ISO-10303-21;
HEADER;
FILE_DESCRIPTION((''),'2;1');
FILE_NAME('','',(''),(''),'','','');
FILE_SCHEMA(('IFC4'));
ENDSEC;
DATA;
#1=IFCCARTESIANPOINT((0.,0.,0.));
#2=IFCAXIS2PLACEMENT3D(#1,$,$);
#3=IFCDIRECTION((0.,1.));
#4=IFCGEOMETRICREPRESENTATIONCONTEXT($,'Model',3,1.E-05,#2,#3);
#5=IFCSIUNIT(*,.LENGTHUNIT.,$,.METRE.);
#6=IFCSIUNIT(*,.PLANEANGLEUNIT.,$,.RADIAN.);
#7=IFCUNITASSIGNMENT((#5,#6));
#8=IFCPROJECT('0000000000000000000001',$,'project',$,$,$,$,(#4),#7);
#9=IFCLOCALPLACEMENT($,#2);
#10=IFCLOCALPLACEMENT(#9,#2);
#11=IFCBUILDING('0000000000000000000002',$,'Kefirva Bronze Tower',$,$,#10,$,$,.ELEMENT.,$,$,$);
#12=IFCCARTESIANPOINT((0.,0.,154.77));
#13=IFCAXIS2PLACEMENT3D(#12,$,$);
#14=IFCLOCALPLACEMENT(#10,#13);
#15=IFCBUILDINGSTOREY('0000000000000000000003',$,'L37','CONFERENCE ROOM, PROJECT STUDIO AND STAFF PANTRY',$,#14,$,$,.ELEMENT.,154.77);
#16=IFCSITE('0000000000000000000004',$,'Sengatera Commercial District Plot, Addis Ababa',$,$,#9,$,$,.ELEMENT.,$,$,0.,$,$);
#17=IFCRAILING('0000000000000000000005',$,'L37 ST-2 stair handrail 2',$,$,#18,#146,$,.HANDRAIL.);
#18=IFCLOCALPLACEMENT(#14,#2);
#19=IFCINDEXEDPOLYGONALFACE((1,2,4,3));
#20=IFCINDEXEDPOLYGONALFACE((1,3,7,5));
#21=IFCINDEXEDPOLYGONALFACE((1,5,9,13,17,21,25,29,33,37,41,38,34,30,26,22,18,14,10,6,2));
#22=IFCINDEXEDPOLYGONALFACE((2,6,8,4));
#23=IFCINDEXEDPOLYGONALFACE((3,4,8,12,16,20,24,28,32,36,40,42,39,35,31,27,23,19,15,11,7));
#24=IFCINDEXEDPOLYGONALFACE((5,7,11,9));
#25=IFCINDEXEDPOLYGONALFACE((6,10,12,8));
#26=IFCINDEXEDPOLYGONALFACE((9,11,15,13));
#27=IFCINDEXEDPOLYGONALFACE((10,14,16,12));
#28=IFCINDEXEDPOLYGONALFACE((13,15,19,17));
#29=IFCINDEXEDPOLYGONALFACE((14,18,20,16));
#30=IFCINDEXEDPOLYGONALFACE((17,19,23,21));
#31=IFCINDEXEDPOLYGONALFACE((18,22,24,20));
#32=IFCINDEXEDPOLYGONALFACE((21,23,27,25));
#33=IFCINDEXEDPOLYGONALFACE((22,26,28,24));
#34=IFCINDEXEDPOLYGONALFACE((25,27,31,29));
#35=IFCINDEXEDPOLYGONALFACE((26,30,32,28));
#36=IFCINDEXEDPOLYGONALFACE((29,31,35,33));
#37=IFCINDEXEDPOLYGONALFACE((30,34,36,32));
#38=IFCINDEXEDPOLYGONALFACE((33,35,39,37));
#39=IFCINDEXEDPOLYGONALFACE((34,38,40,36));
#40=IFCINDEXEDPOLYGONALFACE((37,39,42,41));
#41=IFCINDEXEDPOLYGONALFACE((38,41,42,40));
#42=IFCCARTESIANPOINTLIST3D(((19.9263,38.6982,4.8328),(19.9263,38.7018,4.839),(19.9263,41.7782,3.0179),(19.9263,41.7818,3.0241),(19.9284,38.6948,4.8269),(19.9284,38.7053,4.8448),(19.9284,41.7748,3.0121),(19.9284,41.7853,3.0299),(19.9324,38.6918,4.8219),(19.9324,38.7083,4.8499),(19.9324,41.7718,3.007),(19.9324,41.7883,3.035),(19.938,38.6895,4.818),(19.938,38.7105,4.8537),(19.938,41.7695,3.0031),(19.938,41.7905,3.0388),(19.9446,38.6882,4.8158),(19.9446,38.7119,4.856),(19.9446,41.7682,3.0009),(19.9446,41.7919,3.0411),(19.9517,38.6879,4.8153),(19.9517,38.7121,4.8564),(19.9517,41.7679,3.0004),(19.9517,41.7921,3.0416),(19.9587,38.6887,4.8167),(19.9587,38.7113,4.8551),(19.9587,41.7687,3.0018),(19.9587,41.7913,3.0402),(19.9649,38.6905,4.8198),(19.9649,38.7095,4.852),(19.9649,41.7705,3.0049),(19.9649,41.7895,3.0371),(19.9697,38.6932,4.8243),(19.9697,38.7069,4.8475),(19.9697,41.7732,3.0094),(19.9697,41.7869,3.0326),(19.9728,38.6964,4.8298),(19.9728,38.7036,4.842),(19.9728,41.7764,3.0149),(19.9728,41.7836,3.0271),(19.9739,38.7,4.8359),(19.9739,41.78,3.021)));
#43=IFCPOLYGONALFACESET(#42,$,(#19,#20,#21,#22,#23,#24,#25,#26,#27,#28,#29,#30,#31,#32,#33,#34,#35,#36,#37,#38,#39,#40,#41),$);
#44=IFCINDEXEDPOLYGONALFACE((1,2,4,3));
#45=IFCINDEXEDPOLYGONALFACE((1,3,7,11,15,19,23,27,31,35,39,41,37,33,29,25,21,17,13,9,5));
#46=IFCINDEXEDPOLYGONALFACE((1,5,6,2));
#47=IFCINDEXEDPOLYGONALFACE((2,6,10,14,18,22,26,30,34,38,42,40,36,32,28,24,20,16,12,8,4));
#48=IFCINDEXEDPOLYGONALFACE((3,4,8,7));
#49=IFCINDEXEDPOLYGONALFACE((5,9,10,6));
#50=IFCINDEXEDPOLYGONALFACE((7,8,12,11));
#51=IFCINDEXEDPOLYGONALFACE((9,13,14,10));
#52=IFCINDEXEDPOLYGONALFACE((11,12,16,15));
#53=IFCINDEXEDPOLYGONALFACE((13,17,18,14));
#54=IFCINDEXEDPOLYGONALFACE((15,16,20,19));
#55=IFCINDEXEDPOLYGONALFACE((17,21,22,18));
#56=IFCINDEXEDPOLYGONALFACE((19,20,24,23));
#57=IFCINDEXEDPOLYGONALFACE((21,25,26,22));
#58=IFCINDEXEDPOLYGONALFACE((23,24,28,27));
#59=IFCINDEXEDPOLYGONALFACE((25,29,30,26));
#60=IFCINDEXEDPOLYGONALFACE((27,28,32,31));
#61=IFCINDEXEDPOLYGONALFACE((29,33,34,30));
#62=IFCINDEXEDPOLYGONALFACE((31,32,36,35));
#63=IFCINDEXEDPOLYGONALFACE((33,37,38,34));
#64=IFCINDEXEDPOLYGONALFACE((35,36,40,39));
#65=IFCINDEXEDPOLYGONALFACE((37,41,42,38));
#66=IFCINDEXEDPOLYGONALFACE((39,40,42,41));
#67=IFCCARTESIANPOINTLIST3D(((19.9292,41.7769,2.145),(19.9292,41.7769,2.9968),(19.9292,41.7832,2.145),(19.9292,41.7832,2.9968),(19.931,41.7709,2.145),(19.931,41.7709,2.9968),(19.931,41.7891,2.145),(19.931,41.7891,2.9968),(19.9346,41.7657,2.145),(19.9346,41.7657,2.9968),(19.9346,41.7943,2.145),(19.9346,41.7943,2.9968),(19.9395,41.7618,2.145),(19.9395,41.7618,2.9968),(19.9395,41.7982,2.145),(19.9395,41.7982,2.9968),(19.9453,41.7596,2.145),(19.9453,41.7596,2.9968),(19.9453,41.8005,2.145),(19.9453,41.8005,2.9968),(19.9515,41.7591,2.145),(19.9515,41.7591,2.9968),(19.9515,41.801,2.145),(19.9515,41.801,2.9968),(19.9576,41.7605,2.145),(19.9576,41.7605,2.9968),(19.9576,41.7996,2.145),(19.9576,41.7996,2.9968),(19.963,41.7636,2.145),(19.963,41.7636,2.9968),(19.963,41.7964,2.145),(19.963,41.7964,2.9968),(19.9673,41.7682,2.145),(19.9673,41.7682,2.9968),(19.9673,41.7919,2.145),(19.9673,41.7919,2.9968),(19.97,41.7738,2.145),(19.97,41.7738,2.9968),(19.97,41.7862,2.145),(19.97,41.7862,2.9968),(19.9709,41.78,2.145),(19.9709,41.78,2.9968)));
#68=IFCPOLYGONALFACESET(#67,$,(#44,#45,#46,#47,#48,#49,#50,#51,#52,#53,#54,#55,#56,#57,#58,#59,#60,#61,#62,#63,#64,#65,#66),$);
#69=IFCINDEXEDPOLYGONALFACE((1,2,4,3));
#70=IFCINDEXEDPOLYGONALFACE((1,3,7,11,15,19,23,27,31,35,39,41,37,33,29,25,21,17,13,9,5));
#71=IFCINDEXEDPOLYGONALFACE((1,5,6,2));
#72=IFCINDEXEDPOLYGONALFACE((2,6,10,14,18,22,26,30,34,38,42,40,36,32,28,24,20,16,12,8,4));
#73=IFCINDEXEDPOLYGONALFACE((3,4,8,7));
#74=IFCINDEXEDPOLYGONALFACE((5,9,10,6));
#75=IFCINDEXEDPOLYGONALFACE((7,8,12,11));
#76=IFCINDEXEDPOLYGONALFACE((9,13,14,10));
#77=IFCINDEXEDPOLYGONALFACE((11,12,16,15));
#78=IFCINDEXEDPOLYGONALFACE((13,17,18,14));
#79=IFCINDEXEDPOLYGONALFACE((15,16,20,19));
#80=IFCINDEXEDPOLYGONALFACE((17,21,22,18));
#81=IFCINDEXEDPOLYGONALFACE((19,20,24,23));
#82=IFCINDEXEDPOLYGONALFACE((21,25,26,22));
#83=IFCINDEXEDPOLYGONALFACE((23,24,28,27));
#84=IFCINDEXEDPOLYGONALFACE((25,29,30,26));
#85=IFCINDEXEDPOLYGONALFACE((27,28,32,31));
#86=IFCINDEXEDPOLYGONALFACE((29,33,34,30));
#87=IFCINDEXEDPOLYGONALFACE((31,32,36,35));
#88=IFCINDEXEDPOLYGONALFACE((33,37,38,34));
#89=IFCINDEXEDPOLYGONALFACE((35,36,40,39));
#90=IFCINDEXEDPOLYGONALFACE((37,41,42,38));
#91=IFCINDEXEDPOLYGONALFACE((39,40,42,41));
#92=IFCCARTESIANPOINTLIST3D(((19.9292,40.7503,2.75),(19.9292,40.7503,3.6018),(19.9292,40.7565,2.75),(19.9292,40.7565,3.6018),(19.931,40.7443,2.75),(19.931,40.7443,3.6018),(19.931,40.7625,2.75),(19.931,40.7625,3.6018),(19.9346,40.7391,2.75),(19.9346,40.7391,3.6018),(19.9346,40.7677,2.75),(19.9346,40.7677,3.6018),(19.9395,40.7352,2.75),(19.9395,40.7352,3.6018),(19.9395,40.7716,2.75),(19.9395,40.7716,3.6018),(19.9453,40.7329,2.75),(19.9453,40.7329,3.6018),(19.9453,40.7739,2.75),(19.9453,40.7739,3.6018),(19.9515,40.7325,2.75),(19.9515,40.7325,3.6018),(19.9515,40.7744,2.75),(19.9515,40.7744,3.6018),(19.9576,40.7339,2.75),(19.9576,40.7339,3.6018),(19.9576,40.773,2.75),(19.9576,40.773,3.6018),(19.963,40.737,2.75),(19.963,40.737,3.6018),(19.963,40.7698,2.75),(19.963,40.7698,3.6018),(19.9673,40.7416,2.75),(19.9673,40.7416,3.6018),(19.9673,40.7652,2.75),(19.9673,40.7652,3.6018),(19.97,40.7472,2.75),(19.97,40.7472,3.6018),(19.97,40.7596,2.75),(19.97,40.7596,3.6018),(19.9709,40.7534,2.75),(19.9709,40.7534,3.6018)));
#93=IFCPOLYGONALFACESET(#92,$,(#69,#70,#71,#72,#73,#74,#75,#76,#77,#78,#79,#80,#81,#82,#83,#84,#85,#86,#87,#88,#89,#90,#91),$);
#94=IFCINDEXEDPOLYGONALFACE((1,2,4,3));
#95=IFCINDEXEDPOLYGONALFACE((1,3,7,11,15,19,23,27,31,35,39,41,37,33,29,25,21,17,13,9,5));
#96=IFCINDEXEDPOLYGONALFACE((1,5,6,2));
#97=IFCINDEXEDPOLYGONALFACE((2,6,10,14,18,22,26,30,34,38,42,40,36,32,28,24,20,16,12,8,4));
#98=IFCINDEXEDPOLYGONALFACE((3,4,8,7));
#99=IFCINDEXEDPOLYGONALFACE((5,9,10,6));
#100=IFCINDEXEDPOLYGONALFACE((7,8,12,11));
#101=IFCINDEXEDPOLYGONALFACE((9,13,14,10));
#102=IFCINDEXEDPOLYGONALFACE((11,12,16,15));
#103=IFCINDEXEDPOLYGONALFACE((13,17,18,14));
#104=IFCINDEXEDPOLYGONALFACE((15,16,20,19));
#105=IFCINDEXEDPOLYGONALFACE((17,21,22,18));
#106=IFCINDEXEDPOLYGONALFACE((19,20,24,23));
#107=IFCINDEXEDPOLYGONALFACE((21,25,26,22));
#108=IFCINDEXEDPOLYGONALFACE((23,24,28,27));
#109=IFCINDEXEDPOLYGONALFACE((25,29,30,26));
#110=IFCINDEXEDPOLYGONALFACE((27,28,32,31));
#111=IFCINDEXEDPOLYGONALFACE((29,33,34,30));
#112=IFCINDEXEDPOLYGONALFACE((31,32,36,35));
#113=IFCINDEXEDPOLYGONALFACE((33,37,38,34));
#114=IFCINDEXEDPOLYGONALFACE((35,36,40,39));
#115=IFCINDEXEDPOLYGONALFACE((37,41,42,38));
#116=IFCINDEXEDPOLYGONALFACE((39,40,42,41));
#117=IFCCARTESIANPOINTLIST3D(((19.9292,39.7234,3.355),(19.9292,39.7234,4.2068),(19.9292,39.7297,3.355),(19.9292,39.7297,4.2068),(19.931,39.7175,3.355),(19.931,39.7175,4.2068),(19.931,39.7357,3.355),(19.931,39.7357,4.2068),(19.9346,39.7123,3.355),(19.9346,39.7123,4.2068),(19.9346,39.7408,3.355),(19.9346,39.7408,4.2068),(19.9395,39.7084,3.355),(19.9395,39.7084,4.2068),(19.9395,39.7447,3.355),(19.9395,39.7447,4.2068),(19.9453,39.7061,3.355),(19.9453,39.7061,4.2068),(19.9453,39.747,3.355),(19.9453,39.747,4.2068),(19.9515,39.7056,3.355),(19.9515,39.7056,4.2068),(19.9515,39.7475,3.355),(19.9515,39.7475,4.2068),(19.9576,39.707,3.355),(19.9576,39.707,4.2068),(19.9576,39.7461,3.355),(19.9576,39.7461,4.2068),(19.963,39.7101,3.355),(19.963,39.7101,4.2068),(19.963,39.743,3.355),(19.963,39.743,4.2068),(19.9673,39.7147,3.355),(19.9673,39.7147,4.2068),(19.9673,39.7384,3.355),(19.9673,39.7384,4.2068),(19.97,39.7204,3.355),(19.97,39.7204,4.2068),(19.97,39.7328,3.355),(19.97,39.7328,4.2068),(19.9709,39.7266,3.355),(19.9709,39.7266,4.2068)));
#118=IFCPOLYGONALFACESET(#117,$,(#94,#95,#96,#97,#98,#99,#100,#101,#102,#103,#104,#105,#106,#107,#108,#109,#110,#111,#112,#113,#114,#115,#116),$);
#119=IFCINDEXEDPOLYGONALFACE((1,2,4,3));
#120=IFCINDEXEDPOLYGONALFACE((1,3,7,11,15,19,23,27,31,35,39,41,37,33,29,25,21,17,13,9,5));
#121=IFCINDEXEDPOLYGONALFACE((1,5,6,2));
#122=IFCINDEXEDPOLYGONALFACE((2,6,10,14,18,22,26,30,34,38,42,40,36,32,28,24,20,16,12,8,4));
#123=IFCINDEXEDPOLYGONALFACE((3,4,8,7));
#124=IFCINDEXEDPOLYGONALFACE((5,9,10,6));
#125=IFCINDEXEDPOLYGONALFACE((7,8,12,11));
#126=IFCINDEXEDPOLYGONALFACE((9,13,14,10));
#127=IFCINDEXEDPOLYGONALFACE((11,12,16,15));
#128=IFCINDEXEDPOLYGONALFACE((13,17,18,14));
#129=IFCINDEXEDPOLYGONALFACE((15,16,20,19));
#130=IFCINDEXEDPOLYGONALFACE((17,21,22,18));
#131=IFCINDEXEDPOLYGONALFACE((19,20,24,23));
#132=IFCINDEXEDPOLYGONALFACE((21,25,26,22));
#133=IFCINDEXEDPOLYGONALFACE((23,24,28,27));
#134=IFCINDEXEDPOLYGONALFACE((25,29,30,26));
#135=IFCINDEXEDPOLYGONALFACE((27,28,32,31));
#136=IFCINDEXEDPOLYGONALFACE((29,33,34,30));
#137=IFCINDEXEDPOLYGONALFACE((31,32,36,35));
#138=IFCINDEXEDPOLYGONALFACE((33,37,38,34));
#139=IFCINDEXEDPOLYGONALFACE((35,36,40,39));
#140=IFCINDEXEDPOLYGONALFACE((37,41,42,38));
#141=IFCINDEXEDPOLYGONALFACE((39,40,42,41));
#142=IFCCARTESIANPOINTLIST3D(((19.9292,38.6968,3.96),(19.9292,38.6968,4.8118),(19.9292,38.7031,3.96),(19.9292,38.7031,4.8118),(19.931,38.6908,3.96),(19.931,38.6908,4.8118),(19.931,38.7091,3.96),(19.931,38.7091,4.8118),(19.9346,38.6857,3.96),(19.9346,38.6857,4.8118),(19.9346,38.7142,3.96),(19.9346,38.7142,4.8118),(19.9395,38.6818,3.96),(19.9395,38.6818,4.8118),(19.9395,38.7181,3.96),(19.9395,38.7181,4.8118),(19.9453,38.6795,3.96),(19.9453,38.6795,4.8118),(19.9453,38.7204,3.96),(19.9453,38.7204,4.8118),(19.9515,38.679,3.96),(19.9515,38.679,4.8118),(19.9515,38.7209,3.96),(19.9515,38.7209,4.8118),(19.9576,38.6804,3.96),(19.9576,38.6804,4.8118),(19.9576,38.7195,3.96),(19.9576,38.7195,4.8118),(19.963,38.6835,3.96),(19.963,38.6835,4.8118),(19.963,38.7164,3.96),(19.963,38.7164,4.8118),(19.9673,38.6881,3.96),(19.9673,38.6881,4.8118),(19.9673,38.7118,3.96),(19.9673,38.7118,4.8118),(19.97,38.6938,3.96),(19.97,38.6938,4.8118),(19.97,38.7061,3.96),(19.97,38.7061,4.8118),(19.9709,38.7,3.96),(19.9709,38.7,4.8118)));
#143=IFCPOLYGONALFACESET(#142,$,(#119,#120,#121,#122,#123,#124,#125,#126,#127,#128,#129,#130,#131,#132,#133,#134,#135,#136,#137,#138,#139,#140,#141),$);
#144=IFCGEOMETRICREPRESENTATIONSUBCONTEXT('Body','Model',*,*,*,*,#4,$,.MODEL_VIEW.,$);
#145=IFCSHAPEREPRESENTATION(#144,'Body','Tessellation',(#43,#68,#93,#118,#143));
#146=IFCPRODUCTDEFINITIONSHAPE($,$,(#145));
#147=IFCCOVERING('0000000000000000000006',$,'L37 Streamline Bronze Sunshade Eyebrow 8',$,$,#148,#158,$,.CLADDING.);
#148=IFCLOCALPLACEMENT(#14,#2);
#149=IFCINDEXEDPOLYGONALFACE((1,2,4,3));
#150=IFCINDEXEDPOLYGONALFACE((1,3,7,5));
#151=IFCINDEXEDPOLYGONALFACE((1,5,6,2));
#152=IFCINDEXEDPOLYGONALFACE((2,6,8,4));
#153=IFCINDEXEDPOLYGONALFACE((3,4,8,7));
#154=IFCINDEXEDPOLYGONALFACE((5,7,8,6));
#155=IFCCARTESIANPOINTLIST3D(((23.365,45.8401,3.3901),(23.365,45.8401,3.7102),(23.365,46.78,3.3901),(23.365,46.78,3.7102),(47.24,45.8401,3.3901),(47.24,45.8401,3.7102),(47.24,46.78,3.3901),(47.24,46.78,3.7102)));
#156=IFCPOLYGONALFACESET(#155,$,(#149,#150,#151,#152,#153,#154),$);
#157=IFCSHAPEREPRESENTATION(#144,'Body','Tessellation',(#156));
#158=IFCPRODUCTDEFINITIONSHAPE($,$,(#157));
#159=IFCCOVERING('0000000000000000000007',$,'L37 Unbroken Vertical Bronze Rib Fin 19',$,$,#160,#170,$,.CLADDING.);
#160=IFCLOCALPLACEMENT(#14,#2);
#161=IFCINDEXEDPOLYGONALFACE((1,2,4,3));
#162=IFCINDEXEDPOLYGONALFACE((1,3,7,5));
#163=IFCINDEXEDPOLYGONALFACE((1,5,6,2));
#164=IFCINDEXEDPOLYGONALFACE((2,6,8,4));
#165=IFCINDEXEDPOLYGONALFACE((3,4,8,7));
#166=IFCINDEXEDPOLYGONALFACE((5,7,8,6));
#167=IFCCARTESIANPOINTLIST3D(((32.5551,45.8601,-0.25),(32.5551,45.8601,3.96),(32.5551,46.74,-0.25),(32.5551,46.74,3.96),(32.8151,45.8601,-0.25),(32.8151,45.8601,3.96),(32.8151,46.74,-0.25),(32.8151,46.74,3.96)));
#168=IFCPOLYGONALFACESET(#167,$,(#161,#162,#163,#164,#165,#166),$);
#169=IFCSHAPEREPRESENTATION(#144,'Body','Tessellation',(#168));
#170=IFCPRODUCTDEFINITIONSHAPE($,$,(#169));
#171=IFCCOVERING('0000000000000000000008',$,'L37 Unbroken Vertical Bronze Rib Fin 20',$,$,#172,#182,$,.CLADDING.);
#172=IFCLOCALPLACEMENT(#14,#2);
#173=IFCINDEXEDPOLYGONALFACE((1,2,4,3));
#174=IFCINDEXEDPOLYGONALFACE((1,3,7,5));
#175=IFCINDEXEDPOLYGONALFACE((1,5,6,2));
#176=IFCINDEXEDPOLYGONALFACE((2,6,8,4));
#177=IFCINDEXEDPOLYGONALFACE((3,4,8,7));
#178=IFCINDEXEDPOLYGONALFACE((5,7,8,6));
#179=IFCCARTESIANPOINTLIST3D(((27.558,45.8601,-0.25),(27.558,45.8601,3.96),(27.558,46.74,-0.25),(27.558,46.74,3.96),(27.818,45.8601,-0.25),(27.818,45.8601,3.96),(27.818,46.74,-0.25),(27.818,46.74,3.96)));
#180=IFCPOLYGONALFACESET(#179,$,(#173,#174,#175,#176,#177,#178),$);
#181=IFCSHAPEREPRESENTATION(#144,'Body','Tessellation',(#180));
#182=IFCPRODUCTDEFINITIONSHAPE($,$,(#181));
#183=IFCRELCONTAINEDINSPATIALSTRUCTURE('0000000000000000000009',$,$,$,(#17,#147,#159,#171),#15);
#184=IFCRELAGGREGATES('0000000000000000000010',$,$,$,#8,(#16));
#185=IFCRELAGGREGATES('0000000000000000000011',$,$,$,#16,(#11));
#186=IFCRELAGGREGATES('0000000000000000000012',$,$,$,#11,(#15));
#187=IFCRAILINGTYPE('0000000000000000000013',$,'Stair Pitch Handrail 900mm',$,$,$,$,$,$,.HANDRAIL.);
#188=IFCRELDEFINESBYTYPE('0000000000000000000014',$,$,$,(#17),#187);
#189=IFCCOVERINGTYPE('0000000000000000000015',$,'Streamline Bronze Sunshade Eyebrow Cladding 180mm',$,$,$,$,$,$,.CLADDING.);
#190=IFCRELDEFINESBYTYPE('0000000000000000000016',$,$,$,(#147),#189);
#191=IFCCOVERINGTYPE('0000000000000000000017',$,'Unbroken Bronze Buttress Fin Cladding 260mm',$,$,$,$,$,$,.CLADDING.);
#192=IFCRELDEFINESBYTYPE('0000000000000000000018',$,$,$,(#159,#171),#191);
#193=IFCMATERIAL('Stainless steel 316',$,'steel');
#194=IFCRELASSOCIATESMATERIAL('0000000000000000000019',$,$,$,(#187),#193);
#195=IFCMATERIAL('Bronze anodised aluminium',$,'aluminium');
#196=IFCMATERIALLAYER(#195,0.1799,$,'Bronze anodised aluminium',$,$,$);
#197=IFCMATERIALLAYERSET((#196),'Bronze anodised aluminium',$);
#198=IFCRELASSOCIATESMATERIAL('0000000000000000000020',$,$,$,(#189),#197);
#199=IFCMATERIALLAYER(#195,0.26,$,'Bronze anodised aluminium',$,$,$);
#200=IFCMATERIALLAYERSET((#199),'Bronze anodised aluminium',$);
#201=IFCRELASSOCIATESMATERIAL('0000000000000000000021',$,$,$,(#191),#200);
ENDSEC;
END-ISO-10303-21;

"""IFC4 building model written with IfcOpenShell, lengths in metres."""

from ifc_helpers import new_model, si_unit, direction, frame, origin, origin_2d, place, context, subcontext, project, spatial, rectangle, circle, extrude, material, layer, layer_set, type_object, element, save


model = new_model("IFC4")

# Units and contexts
model_context = context("Model", 3, precision=1e-05, world=origin(), true_north=direction((0.0, 1.0)))
body_context = subcontext(model_context, "Body", "Model", "MODEL_VIEW")
ifc_project = project(units=[si_unit("LENGTHUNIT", "METRE"), si_unit("PLANEANGLEUNIT", "RADIAN")], contexts=[model_context])

# Site, building, storey
site_placement = place(None, origin())
site = spatial("IfcSite", under=ifc_project, at=site_placement, Name="Sengatera Commercial District Plot, Addis Ababa", CompositionType="ELEMENT", RefElevation=0.0)
building_placement = place(site_placement, origin())
building = spatial("IfcBuilding", under=site, at=building_placement, Name="Kefirva Bronze Tower", CompositionType="ELEMENT")
storey_placement = place(building_placement, frame((0.0, 0.0, 154.77)))
storey = spatial("IfcBuildingStorey", under=building, at=storey_placement, Name="L37", Description="CONFERENCE ROOM, PROJECT STUDIO AND STAFF PANTRY", CompositionType="ELEMENT", Elevation=154.77)

# Shared definitions
ifc_material_1 = material(Name="Bronze anodised aluminium", Category="aluminium")

# Railing
ifc_material_2 = material(Name="Stainless steel 316", Category="steel")
railing_type_1 = type_object("IfcRailingType", Name="Stair Pitch Handrail 900mm", PredefinedType="HANDRAIL", material=ifc_material_2)
railing_1_placement = place(storey_placement, frame((19.95, 41.78, 2.145)))
element("IfcRailing", 1, at=railing_1_placement, inside=storey, type_object=railing_type_1, Name="L37 ST-2 stair handrail 2", PredefinedType="HANDRAIL", context=body_context, shape_type="SweptSolid", body=[
    extrude(circle(Radius=0.0239, at=origin_2d()), frame((0.0, 0.0, 0.876), z_axis=(0.0, -0.861551, 0.507671), x_axis=(1.0, 0.0, 0.0)), (0.0, 0.0, 1.0), 3.575),
    extrude(circle(Radius=0.021, at=origin_2d()), origin(), (0.0, 0.0, 1.0), 0.8518),
    extrude(circle(Radius=0.021, at=origin_2d()), frame((0.0, -1.0266, 0.605)), (0.0, 0.0, 1.0), 0.8518),
    extrude(circle(Radius=0.021, at=origin_2d()), frame((0.0, -2.0535, 1.21)), (0.0, 0.0, 1.0), 0.8518),
    extrude(circle(Radius=0.021, at=origin_2d()), frame((0.0, -3.0801, 1.8149)), (0.0, 0.0, 1.0), 0.8518),
])

# Coverings
ifc_layer_1 = layer(ifc_material_1, 0.1799, Name="Bronze anodised aluminium")
ifc_layer_set_1 = layer_set([ifc_layer_1], Name="Bronze anodised aluminium")
covering_type_1 = type_object("IfcCoveringType", Name="Streamline Bronze Sunshade Eyebrow Cladding 180mm", PredefinedType="CLADDING", material=ifc_layer_set_1)
covering_1_placement = place(storey_placement, frame((35.3025, 46.3101, 3.3901), z_axis=(0.0, 0.0, 1.0), x_axis=(-1.0, 0.0, 0.0)))
element("IfcCovering", 2, at=covering_1_placement, inside=storey, type_object=covering_type_1, Name="L37 Streamline Bronze Sunshade Eyebrow 8", PredefinedType="CLADDING", context=body_context, shape_type="SweptSolid", body=[
    extrude(rectangle(XDim=23.875, YDim=0.9399, at=origin_2d()), origin(), (0.0, 0.0, 1.0), 0.3201),
])
ifc_layer_2 = layer(ifc_material_1, 0.26, Name="Bronze anodised aluminium")
ifc_layer_set_2 = layer_set([ifc_layer_2], Name="Bronze anodised aluminium")
covering_type_2 = type_object("IfcCoveringType", Name="Unbroken Bronze Buttress Fin Cladding 260mm", PredefinedType="CLADDING", material=ifc_layer_set_2)
for number, where, z_axis, x_axis, name in (
    (3, (32.6851, 46.3, -0.25), (0.0, 0.0, 1.0), (-1.0, 0.0, 0.0), "L37 Unbroken Vertical Bronze Rib Fin 19"),
    (4, (27.688, 46.3, -0.25), (0.0, 0.0, 1.0), (-1.0, 0.0, 0.0), "L37 Unbroken Vertical Bronze Rib Fin 20"),
):
    element("IfcCovering", number, at=place(storey_placement, frame(where, z_axis=z_axis, x_axis=x_axis)), inside=storey, type_object=covering_type_2, Name=name, PredefinedType="CLADDING", context=body_context, shape_type="SweptSolid", body=[
        extrude(rectangle(XDim=0.26, YDim=0.8799, at=origin_2d()), origin(), (0.0, 0.0, 1.0), 4.21),
    ])

save(model, "model.ifc")
